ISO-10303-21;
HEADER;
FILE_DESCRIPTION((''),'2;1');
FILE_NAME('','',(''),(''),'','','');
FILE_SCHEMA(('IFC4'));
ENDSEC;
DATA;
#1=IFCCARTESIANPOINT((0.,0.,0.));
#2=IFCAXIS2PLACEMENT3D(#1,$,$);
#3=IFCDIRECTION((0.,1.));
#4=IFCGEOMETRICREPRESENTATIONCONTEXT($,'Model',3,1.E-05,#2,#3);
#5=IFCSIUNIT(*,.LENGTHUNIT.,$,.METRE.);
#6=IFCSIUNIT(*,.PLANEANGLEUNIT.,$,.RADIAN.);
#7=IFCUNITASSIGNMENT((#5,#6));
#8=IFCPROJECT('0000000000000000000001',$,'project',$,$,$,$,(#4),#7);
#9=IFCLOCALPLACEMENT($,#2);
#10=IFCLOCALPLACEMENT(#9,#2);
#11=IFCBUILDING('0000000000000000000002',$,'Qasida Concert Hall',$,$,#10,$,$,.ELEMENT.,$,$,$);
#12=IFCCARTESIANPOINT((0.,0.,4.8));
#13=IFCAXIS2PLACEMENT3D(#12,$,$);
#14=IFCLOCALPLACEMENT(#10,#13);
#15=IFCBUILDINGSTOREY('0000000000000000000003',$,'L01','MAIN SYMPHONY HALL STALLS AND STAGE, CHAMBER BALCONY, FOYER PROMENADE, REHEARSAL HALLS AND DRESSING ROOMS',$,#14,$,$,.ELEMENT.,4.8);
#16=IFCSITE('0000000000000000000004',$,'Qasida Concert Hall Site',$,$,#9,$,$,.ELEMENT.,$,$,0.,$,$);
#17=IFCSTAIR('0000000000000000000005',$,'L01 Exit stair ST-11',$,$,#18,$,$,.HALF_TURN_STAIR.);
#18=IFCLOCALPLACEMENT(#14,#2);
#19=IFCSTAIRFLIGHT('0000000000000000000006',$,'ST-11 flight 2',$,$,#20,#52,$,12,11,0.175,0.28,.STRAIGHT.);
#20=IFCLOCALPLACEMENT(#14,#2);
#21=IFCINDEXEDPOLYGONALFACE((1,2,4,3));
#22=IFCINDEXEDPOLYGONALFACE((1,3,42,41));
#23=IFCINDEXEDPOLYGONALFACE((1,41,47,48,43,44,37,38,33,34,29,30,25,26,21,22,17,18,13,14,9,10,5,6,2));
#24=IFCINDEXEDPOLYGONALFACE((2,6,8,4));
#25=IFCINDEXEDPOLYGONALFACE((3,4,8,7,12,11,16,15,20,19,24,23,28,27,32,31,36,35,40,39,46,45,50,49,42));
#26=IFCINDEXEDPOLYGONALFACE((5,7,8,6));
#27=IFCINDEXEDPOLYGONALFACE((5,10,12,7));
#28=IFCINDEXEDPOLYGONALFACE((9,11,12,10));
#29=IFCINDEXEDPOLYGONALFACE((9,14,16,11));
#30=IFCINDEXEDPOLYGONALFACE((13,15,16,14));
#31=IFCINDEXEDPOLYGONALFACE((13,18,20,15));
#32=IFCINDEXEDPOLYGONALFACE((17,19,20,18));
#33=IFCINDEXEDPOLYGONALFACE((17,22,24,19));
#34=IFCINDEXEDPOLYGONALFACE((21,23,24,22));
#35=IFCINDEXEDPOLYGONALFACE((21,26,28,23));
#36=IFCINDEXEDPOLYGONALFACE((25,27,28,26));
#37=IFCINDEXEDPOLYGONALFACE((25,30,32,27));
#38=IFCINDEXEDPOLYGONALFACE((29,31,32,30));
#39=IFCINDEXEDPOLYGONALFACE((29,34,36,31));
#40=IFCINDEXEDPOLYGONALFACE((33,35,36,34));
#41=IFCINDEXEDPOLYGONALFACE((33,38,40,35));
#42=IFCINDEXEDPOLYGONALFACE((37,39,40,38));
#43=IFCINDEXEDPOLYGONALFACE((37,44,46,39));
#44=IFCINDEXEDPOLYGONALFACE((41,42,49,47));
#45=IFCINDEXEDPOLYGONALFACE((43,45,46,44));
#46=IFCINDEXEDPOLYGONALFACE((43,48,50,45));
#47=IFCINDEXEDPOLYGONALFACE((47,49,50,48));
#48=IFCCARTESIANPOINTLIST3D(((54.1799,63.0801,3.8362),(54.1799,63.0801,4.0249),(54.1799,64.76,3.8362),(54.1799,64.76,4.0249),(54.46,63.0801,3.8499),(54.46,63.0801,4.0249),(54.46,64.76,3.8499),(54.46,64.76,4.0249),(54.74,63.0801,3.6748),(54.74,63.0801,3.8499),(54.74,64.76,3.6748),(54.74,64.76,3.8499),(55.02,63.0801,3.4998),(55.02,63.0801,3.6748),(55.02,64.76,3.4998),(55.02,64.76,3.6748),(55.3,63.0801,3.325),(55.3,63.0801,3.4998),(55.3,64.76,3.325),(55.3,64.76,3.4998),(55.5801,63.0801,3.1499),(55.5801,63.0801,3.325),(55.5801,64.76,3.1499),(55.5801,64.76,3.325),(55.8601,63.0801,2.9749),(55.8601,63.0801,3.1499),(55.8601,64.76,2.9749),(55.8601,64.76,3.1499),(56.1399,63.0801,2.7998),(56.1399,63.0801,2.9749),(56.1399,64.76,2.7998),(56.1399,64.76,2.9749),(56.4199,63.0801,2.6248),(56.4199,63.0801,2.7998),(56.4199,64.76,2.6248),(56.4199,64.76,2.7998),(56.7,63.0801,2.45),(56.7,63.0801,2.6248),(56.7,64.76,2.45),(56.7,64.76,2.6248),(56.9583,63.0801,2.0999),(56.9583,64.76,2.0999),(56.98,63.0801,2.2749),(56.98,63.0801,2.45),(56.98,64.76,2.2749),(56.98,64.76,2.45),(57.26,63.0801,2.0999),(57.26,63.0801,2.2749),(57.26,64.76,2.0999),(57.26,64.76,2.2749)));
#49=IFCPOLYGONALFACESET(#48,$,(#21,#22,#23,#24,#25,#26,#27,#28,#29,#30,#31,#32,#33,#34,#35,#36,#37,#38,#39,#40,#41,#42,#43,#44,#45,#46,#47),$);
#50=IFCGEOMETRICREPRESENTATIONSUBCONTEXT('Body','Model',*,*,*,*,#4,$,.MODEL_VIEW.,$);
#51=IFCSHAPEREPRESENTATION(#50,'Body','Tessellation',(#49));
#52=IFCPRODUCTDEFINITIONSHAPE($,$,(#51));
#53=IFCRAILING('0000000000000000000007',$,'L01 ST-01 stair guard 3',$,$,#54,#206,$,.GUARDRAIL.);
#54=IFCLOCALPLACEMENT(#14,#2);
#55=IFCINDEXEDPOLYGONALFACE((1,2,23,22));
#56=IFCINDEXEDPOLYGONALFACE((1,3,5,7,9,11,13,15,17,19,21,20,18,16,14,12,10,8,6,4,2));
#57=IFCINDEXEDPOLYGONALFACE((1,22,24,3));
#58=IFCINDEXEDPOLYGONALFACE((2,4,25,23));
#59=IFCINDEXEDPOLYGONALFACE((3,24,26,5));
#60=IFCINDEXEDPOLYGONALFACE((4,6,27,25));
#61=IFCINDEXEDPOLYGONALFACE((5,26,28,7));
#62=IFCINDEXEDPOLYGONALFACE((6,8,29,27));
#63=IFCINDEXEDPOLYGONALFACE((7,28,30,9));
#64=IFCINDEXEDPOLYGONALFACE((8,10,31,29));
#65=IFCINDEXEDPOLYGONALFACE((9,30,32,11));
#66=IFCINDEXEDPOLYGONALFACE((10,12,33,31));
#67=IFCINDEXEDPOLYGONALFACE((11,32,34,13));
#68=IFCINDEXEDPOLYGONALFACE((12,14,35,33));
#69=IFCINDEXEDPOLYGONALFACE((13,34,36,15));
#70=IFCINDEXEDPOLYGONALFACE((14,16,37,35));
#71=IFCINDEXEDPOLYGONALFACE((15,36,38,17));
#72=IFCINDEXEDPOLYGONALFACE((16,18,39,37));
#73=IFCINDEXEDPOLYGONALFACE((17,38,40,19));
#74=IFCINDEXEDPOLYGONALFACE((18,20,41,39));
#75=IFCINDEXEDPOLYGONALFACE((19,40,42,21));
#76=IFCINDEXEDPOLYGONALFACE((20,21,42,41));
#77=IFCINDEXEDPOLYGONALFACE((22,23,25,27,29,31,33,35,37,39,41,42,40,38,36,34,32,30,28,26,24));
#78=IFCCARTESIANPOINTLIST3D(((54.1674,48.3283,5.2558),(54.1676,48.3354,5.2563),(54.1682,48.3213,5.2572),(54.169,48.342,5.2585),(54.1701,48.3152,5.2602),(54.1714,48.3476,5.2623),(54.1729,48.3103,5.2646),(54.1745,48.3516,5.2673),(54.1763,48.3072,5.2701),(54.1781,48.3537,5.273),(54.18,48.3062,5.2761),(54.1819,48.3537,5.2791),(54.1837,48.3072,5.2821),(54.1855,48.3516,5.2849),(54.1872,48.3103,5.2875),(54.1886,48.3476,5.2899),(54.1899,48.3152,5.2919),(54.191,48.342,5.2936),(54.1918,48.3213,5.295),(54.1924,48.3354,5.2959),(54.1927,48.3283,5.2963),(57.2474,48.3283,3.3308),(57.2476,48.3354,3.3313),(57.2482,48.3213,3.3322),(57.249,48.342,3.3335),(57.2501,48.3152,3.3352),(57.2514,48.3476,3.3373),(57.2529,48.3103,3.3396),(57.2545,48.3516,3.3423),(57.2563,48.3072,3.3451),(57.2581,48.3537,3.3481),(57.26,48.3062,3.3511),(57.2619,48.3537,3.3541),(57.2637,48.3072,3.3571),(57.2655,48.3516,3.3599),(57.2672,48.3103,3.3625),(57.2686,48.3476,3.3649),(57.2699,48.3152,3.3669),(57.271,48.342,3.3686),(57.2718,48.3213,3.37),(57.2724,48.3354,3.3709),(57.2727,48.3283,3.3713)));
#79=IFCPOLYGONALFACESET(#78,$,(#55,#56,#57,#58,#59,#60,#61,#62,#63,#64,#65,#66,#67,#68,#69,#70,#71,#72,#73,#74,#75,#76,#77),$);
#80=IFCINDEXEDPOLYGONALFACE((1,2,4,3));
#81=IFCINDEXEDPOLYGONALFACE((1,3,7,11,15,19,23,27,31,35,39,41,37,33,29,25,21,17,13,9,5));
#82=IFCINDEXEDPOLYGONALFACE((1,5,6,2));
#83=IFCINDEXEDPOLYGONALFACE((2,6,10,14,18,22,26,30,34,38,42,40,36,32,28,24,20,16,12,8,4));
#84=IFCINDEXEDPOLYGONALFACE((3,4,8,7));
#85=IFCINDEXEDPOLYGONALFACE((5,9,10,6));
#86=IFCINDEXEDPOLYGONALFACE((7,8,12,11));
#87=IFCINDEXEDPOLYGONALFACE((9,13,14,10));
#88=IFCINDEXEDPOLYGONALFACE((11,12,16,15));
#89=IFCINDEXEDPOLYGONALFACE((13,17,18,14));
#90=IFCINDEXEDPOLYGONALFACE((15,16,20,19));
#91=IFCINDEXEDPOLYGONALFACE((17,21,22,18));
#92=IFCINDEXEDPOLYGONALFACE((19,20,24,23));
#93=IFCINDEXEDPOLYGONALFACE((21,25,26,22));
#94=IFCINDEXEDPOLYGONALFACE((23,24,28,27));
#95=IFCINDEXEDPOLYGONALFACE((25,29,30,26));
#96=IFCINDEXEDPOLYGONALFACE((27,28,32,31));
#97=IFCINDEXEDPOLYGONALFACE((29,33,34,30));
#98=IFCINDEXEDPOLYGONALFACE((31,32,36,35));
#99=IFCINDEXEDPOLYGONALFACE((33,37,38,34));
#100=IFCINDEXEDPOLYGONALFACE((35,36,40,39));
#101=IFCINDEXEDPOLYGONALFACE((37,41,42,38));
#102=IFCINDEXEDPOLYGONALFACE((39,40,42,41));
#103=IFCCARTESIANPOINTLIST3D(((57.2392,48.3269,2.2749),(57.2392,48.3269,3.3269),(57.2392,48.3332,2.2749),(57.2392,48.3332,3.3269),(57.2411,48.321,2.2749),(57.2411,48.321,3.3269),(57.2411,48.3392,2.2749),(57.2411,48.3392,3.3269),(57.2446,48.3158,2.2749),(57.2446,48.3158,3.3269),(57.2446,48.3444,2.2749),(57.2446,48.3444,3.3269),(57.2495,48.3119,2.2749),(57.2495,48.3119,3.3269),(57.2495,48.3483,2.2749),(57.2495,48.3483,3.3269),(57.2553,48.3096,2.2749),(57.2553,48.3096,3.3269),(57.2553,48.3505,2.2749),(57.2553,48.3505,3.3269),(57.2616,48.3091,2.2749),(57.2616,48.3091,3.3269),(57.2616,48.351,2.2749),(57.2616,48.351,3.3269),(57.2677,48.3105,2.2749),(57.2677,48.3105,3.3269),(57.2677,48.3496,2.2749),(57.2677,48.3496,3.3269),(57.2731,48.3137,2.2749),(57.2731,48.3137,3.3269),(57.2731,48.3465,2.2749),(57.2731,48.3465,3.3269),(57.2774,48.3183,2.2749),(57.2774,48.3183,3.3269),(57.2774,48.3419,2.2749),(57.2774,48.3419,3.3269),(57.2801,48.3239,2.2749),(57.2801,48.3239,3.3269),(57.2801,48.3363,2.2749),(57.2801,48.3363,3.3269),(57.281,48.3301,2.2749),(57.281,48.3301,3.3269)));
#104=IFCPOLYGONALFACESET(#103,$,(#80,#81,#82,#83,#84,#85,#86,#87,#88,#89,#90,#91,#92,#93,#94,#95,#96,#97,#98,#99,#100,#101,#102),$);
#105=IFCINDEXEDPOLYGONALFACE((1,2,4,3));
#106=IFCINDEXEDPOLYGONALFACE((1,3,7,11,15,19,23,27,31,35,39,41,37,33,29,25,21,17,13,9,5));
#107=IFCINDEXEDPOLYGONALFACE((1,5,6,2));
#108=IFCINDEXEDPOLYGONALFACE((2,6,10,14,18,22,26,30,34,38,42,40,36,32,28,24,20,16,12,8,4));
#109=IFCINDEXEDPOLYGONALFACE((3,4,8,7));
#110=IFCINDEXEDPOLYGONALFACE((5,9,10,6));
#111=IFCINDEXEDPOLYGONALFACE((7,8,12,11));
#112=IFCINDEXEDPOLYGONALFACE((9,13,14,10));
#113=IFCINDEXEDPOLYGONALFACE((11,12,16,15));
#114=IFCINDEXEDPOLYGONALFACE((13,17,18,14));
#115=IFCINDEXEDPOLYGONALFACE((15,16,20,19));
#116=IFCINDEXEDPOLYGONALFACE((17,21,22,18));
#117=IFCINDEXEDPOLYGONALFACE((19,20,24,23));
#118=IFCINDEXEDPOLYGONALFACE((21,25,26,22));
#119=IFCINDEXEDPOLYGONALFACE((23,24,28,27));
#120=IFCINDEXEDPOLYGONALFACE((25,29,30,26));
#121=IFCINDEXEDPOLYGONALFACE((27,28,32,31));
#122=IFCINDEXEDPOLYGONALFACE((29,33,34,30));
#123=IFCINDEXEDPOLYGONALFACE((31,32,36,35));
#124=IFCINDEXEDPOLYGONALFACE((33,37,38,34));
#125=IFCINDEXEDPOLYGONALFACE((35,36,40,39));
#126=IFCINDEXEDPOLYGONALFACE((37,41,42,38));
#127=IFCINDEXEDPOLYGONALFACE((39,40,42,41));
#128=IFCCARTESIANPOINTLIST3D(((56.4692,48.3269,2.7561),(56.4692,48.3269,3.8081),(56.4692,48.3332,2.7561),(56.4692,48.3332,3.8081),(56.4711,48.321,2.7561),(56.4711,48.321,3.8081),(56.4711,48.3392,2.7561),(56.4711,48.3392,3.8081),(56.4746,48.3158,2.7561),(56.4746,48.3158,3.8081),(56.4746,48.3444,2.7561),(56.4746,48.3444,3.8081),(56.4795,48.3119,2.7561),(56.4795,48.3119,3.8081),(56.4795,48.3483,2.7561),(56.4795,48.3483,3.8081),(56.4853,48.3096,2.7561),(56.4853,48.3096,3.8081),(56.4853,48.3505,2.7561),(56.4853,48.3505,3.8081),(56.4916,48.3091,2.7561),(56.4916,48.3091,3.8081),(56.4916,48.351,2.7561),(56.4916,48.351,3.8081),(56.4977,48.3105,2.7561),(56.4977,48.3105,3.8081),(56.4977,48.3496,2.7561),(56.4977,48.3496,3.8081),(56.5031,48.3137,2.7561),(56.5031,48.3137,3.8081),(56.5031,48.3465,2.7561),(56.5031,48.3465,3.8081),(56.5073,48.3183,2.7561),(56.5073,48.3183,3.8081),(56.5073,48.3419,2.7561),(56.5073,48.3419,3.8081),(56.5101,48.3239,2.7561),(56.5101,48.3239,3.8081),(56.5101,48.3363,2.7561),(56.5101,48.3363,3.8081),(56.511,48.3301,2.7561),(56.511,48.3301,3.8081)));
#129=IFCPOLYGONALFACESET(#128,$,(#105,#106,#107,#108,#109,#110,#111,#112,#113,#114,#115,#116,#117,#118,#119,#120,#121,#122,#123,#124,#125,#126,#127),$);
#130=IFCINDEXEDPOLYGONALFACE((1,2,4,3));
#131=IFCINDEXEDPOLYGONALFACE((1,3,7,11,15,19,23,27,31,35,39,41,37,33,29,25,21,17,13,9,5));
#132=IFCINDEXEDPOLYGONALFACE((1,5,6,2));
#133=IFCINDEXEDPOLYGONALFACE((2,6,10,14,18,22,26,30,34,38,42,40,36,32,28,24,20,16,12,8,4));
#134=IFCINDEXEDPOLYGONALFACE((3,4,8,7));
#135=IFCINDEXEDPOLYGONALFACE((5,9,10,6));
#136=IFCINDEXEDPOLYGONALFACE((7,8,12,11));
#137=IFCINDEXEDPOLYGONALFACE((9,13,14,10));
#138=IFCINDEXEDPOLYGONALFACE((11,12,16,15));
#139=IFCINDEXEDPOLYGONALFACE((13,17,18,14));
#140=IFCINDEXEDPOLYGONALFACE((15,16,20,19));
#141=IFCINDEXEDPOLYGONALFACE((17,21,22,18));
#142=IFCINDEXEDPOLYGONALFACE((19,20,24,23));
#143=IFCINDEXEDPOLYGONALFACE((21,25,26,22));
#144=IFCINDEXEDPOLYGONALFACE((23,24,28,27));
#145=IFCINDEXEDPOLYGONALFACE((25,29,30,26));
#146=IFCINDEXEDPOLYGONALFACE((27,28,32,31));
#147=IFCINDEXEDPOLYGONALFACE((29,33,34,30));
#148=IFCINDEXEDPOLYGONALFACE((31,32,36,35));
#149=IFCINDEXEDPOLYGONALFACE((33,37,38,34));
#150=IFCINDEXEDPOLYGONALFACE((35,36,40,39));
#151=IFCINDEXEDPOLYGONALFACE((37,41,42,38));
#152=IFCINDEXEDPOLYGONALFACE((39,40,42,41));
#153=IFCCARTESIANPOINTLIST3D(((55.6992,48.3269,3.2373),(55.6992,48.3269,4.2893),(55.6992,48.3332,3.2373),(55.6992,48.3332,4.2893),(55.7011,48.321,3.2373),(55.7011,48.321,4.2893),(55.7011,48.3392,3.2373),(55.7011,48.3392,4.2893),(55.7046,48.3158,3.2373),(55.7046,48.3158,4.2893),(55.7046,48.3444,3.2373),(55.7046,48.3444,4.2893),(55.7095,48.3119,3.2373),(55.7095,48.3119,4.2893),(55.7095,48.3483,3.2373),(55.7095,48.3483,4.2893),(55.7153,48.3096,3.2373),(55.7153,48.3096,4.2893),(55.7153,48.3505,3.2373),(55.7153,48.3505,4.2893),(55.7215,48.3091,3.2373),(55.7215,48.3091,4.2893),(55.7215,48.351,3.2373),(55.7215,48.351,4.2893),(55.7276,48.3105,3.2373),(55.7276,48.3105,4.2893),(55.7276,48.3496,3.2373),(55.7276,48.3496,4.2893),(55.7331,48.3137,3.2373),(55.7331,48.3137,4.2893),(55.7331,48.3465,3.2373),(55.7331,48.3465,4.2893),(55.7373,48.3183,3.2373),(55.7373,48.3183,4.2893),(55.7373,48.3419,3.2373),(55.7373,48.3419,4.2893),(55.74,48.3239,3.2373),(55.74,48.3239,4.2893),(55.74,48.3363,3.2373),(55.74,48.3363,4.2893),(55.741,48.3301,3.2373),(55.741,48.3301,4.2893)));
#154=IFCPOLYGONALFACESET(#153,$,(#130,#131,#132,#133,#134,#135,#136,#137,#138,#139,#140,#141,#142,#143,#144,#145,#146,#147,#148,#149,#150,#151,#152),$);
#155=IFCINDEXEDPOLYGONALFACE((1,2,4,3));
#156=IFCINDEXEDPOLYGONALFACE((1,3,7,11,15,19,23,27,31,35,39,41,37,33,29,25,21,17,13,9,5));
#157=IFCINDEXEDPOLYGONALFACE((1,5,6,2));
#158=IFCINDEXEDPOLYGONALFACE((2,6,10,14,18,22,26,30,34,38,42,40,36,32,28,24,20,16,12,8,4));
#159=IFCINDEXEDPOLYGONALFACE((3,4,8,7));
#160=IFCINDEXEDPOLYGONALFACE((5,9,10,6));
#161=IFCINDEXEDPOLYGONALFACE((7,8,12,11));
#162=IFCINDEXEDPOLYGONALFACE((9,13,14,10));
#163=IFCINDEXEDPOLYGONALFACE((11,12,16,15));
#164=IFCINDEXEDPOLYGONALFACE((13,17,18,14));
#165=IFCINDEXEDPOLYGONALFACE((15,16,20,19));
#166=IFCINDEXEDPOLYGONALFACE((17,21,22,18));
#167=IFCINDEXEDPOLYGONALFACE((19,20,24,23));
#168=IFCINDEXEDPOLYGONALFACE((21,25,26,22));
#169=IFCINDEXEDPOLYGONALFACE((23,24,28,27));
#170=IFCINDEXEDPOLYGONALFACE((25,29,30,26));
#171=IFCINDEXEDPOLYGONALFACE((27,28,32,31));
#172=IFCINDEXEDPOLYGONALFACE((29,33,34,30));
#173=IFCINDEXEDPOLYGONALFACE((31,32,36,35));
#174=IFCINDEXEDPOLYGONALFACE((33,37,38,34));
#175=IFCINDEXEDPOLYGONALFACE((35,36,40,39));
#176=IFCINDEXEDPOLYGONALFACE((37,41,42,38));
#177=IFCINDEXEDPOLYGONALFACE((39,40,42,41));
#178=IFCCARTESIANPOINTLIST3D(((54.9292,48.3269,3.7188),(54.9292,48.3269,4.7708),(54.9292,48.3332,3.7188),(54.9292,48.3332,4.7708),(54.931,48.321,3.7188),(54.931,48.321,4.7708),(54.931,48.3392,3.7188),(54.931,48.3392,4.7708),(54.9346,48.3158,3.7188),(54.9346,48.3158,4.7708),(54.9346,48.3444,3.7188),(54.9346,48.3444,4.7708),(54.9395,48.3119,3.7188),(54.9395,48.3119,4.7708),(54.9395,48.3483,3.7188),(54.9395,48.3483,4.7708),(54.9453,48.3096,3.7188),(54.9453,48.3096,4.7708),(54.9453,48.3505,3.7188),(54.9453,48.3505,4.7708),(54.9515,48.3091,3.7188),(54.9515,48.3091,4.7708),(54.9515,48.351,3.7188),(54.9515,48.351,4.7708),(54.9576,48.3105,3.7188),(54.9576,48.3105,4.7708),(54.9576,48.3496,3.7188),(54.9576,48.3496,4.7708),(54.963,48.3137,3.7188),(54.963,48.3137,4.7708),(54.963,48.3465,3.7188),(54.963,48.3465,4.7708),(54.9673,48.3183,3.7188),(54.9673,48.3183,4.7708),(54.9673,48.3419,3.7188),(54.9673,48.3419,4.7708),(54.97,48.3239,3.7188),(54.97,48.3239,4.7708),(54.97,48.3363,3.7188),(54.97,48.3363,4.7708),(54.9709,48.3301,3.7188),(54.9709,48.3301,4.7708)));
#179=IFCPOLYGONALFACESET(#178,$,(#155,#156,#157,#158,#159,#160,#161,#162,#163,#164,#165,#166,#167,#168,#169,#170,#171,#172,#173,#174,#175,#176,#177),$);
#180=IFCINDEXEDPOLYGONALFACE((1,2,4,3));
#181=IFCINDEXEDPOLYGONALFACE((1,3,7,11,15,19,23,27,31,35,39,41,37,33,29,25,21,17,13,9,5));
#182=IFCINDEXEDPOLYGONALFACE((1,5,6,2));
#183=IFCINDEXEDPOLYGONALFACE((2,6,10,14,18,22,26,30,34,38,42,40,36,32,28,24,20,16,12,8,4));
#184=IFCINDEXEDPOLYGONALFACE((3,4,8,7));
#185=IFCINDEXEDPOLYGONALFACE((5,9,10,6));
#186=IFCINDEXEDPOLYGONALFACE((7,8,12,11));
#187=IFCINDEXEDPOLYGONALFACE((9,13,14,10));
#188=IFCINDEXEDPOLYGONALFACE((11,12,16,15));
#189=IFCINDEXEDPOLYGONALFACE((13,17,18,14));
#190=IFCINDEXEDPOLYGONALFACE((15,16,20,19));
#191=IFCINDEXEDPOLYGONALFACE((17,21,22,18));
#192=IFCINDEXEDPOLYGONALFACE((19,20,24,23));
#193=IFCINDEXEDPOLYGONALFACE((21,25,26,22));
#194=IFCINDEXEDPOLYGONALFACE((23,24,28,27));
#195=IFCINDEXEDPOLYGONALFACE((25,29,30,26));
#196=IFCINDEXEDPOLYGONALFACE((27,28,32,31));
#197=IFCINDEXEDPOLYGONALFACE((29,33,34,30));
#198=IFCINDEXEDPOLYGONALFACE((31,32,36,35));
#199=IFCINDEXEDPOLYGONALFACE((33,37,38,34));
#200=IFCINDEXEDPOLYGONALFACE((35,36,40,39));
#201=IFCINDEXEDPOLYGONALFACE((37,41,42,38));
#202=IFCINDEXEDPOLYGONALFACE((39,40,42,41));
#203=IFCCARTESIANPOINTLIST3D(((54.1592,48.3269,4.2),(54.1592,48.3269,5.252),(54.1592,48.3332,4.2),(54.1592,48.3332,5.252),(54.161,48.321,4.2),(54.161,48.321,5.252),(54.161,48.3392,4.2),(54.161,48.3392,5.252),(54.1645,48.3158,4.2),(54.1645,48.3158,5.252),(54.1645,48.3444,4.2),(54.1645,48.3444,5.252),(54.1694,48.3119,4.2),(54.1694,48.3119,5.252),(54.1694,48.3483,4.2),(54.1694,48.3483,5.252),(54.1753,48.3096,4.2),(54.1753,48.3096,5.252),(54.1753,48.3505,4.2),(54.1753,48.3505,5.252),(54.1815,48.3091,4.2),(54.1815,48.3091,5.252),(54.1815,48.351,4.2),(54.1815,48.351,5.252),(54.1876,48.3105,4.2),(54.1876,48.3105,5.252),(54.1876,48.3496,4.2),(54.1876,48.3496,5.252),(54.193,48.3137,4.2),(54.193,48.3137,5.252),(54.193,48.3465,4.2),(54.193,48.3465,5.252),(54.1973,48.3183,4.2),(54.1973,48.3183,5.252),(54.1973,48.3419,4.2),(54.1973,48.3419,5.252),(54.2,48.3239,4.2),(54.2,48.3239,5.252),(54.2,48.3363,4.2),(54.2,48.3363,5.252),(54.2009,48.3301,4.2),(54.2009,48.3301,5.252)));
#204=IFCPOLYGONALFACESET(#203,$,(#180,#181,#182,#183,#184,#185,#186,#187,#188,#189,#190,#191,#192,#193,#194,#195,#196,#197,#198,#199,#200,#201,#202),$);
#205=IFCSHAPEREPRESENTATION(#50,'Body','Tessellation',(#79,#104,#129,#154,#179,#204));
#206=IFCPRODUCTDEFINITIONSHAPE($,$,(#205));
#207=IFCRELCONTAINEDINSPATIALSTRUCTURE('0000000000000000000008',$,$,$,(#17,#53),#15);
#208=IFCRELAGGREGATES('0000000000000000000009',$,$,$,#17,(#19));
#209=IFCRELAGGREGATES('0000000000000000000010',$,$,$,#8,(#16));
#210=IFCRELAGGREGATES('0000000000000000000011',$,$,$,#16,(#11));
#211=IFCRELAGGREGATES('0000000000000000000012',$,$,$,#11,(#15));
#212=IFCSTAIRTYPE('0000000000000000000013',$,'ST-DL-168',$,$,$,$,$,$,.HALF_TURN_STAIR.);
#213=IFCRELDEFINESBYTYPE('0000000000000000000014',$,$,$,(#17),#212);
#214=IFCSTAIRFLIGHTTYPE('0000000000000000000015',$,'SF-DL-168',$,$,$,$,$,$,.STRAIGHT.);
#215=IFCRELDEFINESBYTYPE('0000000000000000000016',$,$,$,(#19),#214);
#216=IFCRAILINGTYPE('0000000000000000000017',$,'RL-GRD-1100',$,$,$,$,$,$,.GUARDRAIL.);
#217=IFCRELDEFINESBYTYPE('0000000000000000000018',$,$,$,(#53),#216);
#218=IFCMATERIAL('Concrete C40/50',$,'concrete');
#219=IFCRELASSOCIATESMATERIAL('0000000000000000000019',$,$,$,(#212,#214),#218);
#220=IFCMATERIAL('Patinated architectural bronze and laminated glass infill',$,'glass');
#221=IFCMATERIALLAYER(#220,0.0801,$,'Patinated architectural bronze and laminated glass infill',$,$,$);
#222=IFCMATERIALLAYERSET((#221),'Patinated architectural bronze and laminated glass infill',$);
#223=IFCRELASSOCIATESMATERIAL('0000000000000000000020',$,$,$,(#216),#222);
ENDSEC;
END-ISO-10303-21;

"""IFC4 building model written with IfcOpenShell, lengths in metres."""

from ifc_helpers import new_model, si_unit, direction, frame, origin, origin_2d, place, context, subcontext, project, spatial, polyline, circle, outline, extrude, material, layer, layer_set, type_object, element, aggregate, save


model = new_model("IFC4")

# Units and contexts
model_context = context("Model", 3, precision=1e-05, world=origin(), true_north=direction((0.0, 1.0)))
body_context = subcontext(model_context, "Body", "Model", "MODEL_VIEW")
ifc_project = project(units=[si_unit("LENGTHUNIT", "METRE"), si_unit("PLANEANGLEUNIT", "RADIAN")], contexts=[model_context])

# Site, building, storey
site_placement = place(None, origin())
site = spatial("IfcSite", under=ifc_project, at=site_placement, Name="Qasida Concert Hall Site", CompositionType="ELEMENT", RefElevation=0.0)
building_placement = place(site_placement, origin())
building = spatial("IfcBuilding", under=site, at=building_placement, Name="Qasida Concert Hall", CompositionType="ELEMENT")
storey_placement = place(building_placement, frame((0.0, 0.0, 4.8)))
storey = spatial("IfcBuildingStorey", under=building, at=storey_placement, Name="L01", Description="MAIN SYMPHONY HALL STALLS AND STAGE, CHAMBER BALCONY, FOYER PROMENADE, REHEARSAL HALLS AND DRESSING ROOMS", CompositionType="ELEMENT", Elevation=4.8)

# Shared definitions
ifc_material_1 = material(Name="Concrete C40/50", Category="concrete")

# Stair, stair flight
stair_type = type_object("IfcStairType", Name="ST-DL-168", PredefinedType="HALF_TURN_STAIR", material=ifc_material_1)
stair_flight_type = type_object("IfcStairFlightType", Name="SF-DL-168", PredefinedType="STRAIGHT", material=ifc_material_1)
stair_1_placement = place(storey_placement, origin())
stair_1 = element("IfcStair", 1, at=stair_1_placement, inside=storey, type_object=stair_type, Name="L01 Exit stair ST-11", PredefinedType="HALF_TURN_STAIR")
stair_flight_1_placement = place(storey_placement, frame((57.26, 63.9199, 2.0999), z_axis=(0.0, 0.0, 1.0), x_axis=(-1.0, 0.0, 0.0)))
stair_flight_1 = element("IfcStairFlight", 2, at=stair_flight_1_placement, type_object=stair_flight_type, Name="ST-11 flight 2", NumberOfRisers=12, NumberOfTreads=11, PredefinedType="STRAIGHT", RiserHeight=0.175, TreadLength=0.28, context=body_context, shape_type="SweptSolid", body=[
    extrude(outline(polyline([(0.0, 0.0), (0.0, 0.175), (0.28, 0.175), (0.28, 0.3501), (0.5601, 0.3501), (0.5601, 0.5249), (0.8401, 0.5249), (0.8401, 0.7), (1.1201, 0.7), (1.1201, 0.875), (1.3999, 0.875), (1.3999, 1.05), (1.6799, 1.05), (1.6799, 1.2251), (1.96, 1.2251), (1.96, 1.3999), (2.24, 1.3999), (2.24, 1.575), (2.52, 1.575), (2.52, 1.75), (2.8, 1.75), (2.8, 1.925), (3.0801, 1.925), (3.0801, 2.1001), (3.0801, 1.7363), (0.3018, 0.0), (0.0, 0.0)])), frame((0.0, 0.8398, 0.0), z_axis=(0.0, -1.0, 0.0), x_axis=(1.0, 0.0, 0.0)), (0.0, 0.0, 1.0), 1.6799),
])
aggregate(stair_1, [stair_flight_1])

# Railing
ifc_material_2 = material(Name="Patinated architectural bronze and laminated glass infill", Category="glass")
ifc_layer_1 = layer(ifc_material_2, 0.0801, Name="Patinated architectural bronze and laminated glass infill")
ifc_layer_set_1 = layer_set([ifc_layer_1], Name="Patinated architectural bronze and laminated glass infill")
railing_type_1 = type_object("IfcRailingType", Name="RL-GRD-1100", PredefinedType="GUARDRAIL", material=ifc_layer_set_1)
railing_1_placement = place(storey_placement, frame((57.26, 48.3301, 2.2749)))
element("IfcRailing", 3, at=railing_1_placement, inside=storey, type_object=railing_type_1, Name="L01 ST-01 stair guard 3", PredefinedType="GUARDRAIL", context=body_context, shape_type="SweptSolid", body=[
    extrude(circle(Radius=0.0239, at=origin_2d()), frame((0.0, 0.0, 1.0762), z_axis=(-0.847998, 0.0, 0.529999), x_axis=(0.0, -1.0, 0.0)), (0.0, 0.0, 1.0), 3.6321),
    extrude(circle(Radius=0.021, at=origin_2d()), origin(), (0.0, 0.0, 1.0), 1.052),
    extrude(circle(Radius=0.021, at=origin_2d()), frame((-0.77, 0.0, 0.4812)), (0.0, 0.0, 1.0), 1.052),
    extrude(circle(Radius=0.021, at=origin_2d()), frame((-1.54, 0.0, 0.9624)), (0.0, 0.0, 1.0), 1.052),
    extrude(circle(Radius=0.021, at=origin_2d()), frame((-2.3101, 0.0, 1.4438)), (0.0, 0.0, 1.0), 1.052),
    extrude(circle(Radius=0.021, at=origin_2d()), frame((-3.0801, 0.0, 1.925)), (0.0, 0.0, 1.0), 1.052),
])

save(model, "model.ifc")
